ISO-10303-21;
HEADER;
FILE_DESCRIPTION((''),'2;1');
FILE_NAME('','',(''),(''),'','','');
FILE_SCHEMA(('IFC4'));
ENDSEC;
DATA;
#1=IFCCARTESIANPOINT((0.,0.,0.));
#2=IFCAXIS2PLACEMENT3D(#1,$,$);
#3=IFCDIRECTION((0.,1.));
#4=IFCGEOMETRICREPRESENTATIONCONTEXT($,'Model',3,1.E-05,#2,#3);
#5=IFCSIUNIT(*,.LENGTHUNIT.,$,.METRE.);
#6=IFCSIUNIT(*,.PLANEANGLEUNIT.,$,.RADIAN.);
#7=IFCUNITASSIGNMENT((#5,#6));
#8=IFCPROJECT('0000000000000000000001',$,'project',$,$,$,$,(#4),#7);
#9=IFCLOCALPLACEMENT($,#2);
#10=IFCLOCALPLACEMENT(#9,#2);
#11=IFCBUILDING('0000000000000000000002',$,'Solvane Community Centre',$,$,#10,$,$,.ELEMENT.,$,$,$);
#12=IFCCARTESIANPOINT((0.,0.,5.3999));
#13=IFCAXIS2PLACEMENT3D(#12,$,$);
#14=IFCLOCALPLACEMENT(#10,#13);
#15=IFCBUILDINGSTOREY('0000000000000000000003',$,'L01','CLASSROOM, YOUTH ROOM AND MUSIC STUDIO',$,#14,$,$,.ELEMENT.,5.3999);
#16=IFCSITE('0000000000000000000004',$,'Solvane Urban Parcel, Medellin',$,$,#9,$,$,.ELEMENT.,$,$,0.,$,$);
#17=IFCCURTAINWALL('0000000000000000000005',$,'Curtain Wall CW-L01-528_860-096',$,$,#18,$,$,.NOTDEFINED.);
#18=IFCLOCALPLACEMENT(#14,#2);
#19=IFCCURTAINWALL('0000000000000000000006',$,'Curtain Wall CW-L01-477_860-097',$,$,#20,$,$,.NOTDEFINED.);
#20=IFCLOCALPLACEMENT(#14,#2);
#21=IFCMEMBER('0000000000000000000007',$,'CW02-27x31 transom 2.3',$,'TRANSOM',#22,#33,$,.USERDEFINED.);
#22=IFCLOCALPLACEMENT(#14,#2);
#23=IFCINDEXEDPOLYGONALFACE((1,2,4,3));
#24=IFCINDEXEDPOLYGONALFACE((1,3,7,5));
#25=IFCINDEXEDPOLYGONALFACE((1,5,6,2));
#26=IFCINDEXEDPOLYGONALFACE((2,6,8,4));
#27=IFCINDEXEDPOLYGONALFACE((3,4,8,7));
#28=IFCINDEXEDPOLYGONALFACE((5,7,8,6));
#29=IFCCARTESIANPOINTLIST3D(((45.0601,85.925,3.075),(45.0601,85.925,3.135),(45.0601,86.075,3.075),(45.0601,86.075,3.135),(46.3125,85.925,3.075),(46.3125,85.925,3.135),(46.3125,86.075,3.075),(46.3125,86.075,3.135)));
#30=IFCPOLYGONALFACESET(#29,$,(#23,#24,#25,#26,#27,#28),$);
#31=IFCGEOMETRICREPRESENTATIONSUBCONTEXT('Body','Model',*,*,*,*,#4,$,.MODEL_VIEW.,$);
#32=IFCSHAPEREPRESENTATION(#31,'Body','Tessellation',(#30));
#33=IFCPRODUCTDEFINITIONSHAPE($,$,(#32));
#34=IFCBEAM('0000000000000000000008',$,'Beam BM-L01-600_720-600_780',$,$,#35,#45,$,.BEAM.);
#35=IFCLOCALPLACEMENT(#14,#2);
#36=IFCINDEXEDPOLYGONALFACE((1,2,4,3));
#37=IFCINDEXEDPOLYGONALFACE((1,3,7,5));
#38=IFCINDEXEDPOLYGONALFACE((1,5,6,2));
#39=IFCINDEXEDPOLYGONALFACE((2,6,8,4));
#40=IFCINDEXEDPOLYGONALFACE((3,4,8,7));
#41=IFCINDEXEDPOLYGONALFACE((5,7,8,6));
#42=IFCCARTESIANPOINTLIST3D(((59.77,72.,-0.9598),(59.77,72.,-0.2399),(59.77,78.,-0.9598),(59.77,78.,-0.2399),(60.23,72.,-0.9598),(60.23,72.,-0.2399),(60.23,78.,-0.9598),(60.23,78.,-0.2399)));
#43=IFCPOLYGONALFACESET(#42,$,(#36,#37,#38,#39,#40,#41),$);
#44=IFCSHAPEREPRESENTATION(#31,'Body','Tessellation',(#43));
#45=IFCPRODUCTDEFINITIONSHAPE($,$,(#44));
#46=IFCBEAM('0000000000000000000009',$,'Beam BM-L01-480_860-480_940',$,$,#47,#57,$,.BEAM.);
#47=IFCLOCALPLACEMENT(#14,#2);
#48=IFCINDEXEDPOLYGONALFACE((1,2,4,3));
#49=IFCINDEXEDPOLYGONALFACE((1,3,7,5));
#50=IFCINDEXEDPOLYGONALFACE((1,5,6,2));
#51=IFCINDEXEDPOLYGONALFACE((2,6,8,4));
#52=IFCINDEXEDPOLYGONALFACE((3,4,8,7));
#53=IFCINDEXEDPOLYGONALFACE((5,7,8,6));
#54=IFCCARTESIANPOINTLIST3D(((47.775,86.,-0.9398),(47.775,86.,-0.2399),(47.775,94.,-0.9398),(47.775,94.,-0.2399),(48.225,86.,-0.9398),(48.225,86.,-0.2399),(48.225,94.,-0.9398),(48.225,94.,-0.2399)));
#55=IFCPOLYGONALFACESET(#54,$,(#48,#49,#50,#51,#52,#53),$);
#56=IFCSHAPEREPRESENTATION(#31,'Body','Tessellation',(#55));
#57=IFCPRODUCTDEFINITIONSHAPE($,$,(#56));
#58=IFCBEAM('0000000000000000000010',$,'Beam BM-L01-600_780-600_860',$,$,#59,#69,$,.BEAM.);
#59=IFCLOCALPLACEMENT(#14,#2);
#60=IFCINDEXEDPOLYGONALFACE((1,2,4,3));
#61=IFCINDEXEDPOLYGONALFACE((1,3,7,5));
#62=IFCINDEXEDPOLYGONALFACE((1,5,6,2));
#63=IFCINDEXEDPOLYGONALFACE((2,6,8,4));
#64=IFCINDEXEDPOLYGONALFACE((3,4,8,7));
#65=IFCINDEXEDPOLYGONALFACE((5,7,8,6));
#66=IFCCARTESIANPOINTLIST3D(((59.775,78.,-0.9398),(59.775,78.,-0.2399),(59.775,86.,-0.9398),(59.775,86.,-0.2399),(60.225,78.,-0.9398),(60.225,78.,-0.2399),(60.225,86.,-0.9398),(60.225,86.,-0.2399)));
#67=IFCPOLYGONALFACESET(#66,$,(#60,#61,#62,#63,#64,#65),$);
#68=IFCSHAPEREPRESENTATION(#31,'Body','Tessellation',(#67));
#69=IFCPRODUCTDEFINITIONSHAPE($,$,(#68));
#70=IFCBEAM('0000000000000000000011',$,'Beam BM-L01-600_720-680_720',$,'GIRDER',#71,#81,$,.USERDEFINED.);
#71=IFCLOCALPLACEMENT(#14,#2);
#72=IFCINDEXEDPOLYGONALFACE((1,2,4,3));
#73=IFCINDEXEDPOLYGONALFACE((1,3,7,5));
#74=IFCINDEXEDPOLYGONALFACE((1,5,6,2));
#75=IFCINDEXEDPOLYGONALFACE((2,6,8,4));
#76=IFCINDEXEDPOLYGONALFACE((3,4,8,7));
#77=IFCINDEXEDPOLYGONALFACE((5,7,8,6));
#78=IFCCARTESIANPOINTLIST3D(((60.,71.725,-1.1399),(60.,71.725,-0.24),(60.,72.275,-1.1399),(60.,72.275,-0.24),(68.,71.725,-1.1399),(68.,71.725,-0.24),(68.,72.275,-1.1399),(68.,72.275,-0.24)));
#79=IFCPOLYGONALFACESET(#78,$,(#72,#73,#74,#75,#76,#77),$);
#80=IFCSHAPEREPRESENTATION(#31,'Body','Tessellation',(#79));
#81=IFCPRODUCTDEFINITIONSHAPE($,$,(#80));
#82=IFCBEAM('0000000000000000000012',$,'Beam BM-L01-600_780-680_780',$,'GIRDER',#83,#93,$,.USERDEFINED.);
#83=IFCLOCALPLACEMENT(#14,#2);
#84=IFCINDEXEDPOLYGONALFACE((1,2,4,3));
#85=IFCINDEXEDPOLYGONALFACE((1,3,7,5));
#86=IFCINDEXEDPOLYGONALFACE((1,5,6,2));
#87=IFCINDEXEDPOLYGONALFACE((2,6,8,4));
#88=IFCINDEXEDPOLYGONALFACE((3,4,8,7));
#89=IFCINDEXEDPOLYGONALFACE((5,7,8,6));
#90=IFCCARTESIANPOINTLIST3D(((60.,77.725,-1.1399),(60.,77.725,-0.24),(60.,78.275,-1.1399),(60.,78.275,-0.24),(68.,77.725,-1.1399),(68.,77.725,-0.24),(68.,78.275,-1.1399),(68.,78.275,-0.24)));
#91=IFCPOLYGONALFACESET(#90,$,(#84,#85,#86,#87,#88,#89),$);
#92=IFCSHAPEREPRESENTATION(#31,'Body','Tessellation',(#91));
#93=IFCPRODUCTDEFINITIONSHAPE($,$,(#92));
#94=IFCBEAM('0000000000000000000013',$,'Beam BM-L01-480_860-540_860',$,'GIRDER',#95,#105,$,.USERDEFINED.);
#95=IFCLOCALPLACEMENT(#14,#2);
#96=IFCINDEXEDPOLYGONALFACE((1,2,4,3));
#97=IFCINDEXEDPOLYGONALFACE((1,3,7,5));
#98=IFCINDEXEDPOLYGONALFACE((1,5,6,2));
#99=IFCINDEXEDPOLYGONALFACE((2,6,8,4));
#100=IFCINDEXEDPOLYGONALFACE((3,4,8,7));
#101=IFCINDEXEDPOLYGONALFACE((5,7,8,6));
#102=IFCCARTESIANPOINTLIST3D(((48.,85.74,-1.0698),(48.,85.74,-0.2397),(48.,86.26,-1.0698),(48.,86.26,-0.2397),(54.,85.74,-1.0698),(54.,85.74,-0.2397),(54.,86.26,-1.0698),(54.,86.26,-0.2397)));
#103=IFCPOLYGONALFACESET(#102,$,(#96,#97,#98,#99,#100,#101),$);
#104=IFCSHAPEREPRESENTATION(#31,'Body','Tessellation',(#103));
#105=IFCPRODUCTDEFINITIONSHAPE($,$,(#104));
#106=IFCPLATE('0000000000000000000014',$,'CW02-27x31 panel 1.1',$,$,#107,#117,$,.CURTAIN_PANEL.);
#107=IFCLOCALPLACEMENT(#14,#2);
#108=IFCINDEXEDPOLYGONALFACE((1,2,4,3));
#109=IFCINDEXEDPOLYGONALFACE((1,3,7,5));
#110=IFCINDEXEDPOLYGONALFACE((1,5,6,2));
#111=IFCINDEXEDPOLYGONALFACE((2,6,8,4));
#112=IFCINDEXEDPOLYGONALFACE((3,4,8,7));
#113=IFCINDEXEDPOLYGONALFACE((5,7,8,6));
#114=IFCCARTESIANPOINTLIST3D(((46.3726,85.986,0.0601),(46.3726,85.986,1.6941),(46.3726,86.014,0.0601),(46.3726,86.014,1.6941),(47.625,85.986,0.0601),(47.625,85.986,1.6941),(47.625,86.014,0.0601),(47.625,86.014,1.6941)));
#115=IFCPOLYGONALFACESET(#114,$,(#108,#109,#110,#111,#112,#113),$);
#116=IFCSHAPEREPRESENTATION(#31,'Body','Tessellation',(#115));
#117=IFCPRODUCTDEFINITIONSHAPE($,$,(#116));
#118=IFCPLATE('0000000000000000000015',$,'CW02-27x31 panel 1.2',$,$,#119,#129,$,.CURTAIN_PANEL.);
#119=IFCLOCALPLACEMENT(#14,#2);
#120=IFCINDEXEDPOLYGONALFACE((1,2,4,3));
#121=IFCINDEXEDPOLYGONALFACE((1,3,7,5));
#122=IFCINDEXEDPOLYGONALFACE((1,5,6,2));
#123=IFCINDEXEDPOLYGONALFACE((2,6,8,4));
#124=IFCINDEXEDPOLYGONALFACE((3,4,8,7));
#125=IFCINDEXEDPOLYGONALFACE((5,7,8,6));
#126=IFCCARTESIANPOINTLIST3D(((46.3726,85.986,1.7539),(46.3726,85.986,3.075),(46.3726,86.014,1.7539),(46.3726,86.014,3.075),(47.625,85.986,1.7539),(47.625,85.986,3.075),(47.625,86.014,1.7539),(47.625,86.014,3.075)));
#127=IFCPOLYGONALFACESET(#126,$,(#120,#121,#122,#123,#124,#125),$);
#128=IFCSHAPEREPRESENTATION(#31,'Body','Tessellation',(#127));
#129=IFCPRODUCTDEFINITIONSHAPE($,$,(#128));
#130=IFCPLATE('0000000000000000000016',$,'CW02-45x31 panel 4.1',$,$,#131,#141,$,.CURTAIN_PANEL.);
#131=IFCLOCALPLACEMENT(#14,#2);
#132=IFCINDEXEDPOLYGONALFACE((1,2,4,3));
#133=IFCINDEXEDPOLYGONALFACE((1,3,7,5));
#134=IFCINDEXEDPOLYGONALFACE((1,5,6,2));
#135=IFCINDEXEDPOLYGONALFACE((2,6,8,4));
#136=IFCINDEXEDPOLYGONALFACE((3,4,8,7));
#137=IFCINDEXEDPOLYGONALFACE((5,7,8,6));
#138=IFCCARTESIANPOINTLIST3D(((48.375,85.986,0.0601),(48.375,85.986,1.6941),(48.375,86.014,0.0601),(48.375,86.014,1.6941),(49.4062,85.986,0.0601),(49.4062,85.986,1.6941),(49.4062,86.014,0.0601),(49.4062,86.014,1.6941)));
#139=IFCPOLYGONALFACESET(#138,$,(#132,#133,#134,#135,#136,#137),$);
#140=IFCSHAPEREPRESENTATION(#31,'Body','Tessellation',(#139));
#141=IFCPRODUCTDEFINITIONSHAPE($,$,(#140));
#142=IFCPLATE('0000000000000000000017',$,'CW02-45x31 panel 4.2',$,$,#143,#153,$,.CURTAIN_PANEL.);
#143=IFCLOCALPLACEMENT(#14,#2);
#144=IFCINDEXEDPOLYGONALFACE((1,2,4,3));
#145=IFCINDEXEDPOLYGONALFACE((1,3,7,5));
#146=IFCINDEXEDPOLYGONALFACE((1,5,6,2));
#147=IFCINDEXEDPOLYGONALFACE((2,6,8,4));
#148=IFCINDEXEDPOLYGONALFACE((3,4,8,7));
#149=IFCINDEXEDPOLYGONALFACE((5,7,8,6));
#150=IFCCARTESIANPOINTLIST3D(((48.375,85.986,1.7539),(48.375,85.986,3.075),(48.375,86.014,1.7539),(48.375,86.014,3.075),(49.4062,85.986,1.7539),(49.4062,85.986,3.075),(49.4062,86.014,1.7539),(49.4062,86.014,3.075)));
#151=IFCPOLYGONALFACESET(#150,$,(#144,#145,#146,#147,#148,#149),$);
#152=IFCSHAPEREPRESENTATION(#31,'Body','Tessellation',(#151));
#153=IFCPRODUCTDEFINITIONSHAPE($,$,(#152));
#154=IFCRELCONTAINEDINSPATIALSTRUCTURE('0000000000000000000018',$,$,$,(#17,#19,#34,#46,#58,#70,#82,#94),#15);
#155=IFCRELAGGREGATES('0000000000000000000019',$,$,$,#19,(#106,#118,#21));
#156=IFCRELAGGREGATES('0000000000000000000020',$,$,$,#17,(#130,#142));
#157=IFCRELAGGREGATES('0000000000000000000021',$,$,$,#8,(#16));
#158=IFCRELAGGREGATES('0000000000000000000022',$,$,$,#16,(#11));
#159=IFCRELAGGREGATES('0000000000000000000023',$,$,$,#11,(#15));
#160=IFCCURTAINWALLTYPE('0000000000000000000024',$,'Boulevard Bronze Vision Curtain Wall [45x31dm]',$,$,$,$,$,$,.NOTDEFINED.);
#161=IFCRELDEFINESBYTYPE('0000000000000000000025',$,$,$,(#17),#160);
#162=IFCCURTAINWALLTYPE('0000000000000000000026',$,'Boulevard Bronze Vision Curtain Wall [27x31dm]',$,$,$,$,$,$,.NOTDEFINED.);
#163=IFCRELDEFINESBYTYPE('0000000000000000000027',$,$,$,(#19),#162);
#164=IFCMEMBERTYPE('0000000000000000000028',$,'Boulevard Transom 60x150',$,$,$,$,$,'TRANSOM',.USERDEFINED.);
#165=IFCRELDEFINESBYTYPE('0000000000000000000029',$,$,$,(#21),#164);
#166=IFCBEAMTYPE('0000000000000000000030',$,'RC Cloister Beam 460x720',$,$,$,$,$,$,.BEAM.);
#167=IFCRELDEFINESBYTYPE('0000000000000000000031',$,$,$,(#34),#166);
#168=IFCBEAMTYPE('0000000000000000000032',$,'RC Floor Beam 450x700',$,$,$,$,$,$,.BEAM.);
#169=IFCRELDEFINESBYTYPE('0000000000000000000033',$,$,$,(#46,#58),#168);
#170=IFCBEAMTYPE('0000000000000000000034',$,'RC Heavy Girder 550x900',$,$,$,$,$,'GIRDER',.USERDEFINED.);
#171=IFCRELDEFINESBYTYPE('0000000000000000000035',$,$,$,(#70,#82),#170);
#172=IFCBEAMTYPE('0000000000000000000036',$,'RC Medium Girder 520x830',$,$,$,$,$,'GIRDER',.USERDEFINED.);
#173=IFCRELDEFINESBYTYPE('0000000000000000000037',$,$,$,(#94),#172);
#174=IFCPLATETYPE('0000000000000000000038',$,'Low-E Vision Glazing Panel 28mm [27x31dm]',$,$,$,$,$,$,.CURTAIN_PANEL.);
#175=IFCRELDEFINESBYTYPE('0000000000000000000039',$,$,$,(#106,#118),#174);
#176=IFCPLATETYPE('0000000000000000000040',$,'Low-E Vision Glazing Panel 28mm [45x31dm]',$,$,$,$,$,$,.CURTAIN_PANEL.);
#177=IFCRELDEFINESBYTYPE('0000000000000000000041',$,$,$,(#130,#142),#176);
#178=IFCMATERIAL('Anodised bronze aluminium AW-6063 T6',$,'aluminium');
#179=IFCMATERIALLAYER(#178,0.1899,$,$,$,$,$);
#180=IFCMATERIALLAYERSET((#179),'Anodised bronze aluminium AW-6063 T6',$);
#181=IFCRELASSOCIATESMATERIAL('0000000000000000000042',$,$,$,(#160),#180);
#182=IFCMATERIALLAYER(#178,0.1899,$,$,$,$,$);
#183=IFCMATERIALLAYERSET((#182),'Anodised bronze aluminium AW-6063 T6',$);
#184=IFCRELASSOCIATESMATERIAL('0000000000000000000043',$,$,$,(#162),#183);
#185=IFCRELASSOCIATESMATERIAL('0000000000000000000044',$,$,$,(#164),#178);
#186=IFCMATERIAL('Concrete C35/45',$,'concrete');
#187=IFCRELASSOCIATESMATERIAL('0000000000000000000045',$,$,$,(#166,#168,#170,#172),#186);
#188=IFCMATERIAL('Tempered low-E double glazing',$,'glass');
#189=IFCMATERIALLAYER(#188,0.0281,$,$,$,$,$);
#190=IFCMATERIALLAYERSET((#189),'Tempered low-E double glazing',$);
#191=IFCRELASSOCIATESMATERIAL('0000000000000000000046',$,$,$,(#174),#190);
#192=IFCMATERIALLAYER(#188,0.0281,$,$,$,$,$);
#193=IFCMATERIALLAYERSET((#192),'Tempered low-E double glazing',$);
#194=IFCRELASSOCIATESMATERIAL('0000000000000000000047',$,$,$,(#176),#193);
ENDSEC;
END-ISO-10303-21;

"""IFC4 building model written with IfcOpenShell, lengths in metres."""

from ifc_helpers import new_model, si_unit, direction, frame, origin, origin_2d, place, context, subcontext, project, spatial, rectangle, extrude, material, layer, layer_set, material_profile, profile_set, type_object, element, aggregate, save


model = new_model("IFC4")

# Units and contexts
model_context = context("Model", 3, precision=1e-05, world=origin(), true_north=direction((0.0, 1.0)))
body_context = subcontext(model_context, "Body", "Model", "MODEL_VIEW")
ifc_project = project(units=[si_unit("LENGTHUNIT", "METRE"), si_unit("PLANEANGLEUNIT", "RADIAN")], contexts=[model_context])

# Site, building, storey
site_placement = place(None, origin())
site = spatial("IfcSite", under=ifc_project, at=site_placement, Name="Solvane Urban Parcel, Medellin", CompositionType="ELEMENT", RefElevation=0.0)
building_placement = place(site_placement, origin())
building = spatial("IfcBuilding", under=site, at=building_placement, Name="Solvane Community Centre", CompositionType="ELEMENT")
storey_placement = place(building_placement, frame((0.0, 0.0, 5.3999)))
storey = spatial("IfcBuildingStorey", under=building, at=storey_placement, Name="L01", Description="CLASSROOM, YOUTH ROOM AND MUSIC STUDIO", CompositionType="ELEMENT", Elevation=5.3999)

# Shared definitions
ifc_material_1 = material(Name="Concrete C35/45", Category="concrete")

# Curtain wall
ifc_material_2 = material(Name="Anodised bronze aluminium AW-6063 T6", Category="aluminium")
ifc_layer_1 = layer(ifc_material_2, 0.1899)
ifc_layer_set_1 = layer_set([ifc_layer_1], Name="Anodised bronze aluminium AW-6063 T6")
curtain_wall_type_1 = type_object("IfcCurtainWallType", Name="Boulevard Bronze Vision Curtain Wall [45x31dm]", PredefinedType="NOTDEFINED", material=ifc_layer_set_1)
curtain_wall_1_placement = place(storey_placement, origin())
curtain_wall_1 = element("IfcCurtainWall", 1, at=curtain_wall_1_placement, inside=storey, type_object=curtain_wall_type_1, Name="Curtain Wall CW-L01-528_860-096", PredefinedType="NOTDEFINED")

# Curtain wall
ifc_layer_2 = layer(ifc_material_2, 0.1899)
ifc_layer_set_2 = layer_set([ifc_layer_2], Name="Anodised bronze aluminium AW-6063 T6")
curtain_wall_type_2 = type_object("IfcCurtainWallType", Name="Boulevard Bronze Vision Curtain Wall [27x31dm]", PredefinedType="NOTDEFINED", material=ifc_layer_set_2)
curtain_wall_2_placement = place(storey_placement, origin())
curtain_wall_2 = element("IfcCurtainWall", 2, at=curtain_wall_2_placement, inside=storey, type_object=curtain_wall_type_2, Name="Curtain Wall CW-L01-477_860-097", PredefinedType="NOTDEFINED")

# Member
ifc_material_profile_1 = material_profile(ifc_material_2, rectangle(XDim=0.1499, YDim=0.0601, at=origin_2d()), Name="CW-T 60x150")
ifc_profile_set_1 = profile_set([ifc_material_profile_1], Name="Anodised bronze aluminium AW-6063 T6")
member_type_1 = type_object("IfcMemberType", Name="Boulevard Transom 60x150", ElementType="TRANSOM", PredefinedType="USERDEFINED", material=ifc_profile_set_1)
member_1_placement = place(storey_placement, frame((46.3125, 86.0, 3.105), z_axis=(-1.0, 0.0, 0.0), x_axis=(0.0, -1.0, 0.0)))
member_1 = element("IfcMember", 3, at=member_1_placement, type_object=member_type_1, Name="CW02-27x31 transom 2.3", ObjectType="TRANSOM", PredefinedType="USERDEFINED", context=body_context, shape_type="SweptSolid", body=[
    extrude(rectangle(XDim=0.1499, YDim=0.0601, at=origin_2d()), origin(), (0.0, 0.0, 1.0), 1.2524),
])

# Beams
ifc_material_profile_2 = material_profile(ifc_material_1, rectangle(XDim=0.46, YDim=0.72, at=origin_2d()), Name="RC 460x720")
ifc_profile_set_2 = profile_set([ifc_material_profile_2], Name="Concrete C35/45")
beam_type_1 = type_object("IfcBeamType", Name="RC Cloister Beam 460x720", PredefinedType="BEAM", material=ifc_profile_set_2)
beam_1_placement = place(storey_placement, frame((60.0, 72.0, -0.5999), z_axis=(0.0, 1.0, 0.0), x_axis=(-1.0, 0.0, 0.0)))
element("IfcBeam", 4, at=beam_1_placement, inside=storey, type_object=beam_type_1, Name="Beam BM-L01-600_720-600_780", PredefinedType="BEAM", context=body_context, shape_type="SweptSolid", body=[
    extrude(rectangle(XDim=0.46, YDim=0.72, at=origin_2d()), origin(), (0.0, 0.0, 1.0), 6.0),
])
ifc_material_profile_3 = material_profile(ifc_material_1, rectangle(XDim=0.45, YDim=0.7, at=origin_2d()), Name="RC 450x700")
ifc_profile_set_3 = profile_set([ifc_material_profile_3], Name="Concrete C35/45")
beam_type_2 = type_object("IfcBeamType", Name="RC Floor Beam 450x700", PredefinedType="BEAM", material=ifc_profile_set_3)
for number, where, z_axis, x_axis, name in (
    (5, (48.0, 86.0, -0.5898), (0.0, 1.0, 0.0), (-1.0, 0.0, 0.0), "Beam BM-L01-480_860-480_940"),
    (6, (60.0, 78.0, -0.5898), (0.0, 1.0, 0.0), (-1.0, 0.0, 0.0), "Beam BM-L01-600_780-600_860"),
):
    element("IfcBeam", number, at=place(storey_placement, frame(where, z_axis=z_axis, x_axis=x_axis)), inside=storey, type_object=beam_type_2, Name=name, PredefinedType="BEAM", context=body_context, shape_type="SweptSolid", body=[
        extrude(rectangle(XDim=0.45, YDim=0.7, at=origin_2d()), origin(), (0.0, 0.0, 1.0), 8.0),
    ])
ifc_material_profile_4 = material_profile(ifc_material_1, rectangle(XDim=0.55, YDim=0.8999, at=origin_2d()), Name="RC 550x900")
ifc_profile_set_4 = profile_set([ifc_material_profile_4], Name="Concrete C35/45")
beam_type_3 = type_object("IfcBeamType", Name="RC Heavy Girder 550x900", ElementType="GIRDER", PredefinedType="USERDEFINED", material=ifc_profile_set_4)
for number, where, z_axis, x_axis, name in (
    (7, (60.0, 72.0, -0.6899), (1.0, 0.0, 0.0), (0.0, 1.0, 0.0), "Beam BM-L01-600_720-680_720"),
    (8, (60.0, 78.0, -0.6899), (1.0, 0.0, 0.0), (0.0, 1.0, 0.0), "Beam BM-L01-600_780-680_780"),
):
    element("IfcBeam", number, at=place(storey_placement, frame(where, z_axis=z_axis, x_axis=x_axis)), inside=storey, type_object=beam_type_3, Name=name, ObjectType="GIRDER", PredefinedType="USERDEFINED", context=body_context, shape_type="SweptSolid", body=[
        extrude(rectangle(XDim=0.55, YDim=0.8999, at=origin_2d()), origin(), (0.0, 0.0, 1.0), 8.0),
    ])
ifc_material_profile_5 = material_profile(ifc_material_1, rectangle(XDim=0.52, YDim=0.8301, at=origin_2d()), Name="RC 520x830")
ifc_profile_set_5 = profile_set([ifc_material_profile_5], Name="Concrete C35/45")
beam_type_4 = type_object("IfcBeamType", Name="RC Medium Girder 520x830", ElementType="GIRDER", PredefinedType="USERDEFINED", material=ifc_profile_set_5)
beam_2_placement = place(storey_placement, frame((48.0, 86.0, -0.6548), z_axis=(1.0, 0.0, 0.0), x_axis=(0.0, 1.0, 0.0)))
element("IfcBeam", 9, at=beam_2_placement, inside=storey, type_object=beam_type_4, Name="Beam BM-L01-480_860-540_860", ObjectType="GIRDER", PredefinedType="USERDEFINED", context=body_context, shape_type="SweptSolid", body=[
    extrude(rectangle(XDim=0.52, YDim=0.8301, at=origin_2d()), origin(), (0.0, 0.0, 1.0), 6.0),
])

# Plates
ifc_material_3 = material(Name="Tempered low-E double glazing", Category="glass")
ifc_layer_3 = layer(ifc_material_3, 0.0281)
ifc_layer_set_3 = layer_set([ifc_layer_3], Name="Tempered low-E double glazing")
plate_type_1 = type_object("IfcPlateType", Name="Low-E Vision Glazing Panel 28mm [27x31dm]", PredefinedType="CURTAIN_PANEL", material=ifc_layer_set_3)
plate_1_placement = place(storey_placement, frame((46.9988, 86.0, 0.0601), z_axis=(0.0, 0.0, 1.0), x_axis=(-1.0, 0.0, 0.0)))
plate_1 = element("IfcPlate", 10, at=plate_1_placement, type_object=plate_type_1, Name="CW02-27x31 panel 1.1", PredefinedType="CURTAIN_PANEL", context=body_context, shape_type="SweptSolid", body=[
    extrude(rectangle(XDim=1.2524, YDim=0.0281, at=origin_2d()), origin(), (0.0, 0.0, 1.0), 1.634),
])
plate_2_placement = place(storey_placement, frame((46.9988, 86.0, 1.7539), z_axis=(0.0, 0.0, 1.0), x_axis=(-1.0, 0.0, 0.0)))
plate_2 = element("IfcPlate", 11, at=plate_2_placement, type_object=plate_type_1, Name="CW02-27x31 panel 1.2", PredefinedType="CURTAIN_PANEL", context=body_context, shape_type="SweptSolid", body=[
    extrude(rectangle(XDim=1.2524, YDim=0.0281, at=origin_2d()), origin(), (0.0, 0.0, 1.0), 1.321),
])
aggregate(curtain_wall_2, [plate_1, plate_2, member_1])
ifc_layer_4 = layer(ifc_material_3, 0.0281)
ifc_layer_set_4 = layer_set([ifc_layer_4], Name="Tempered low-E double glazing")
plate_type_2 = type_object("IfcPlateType", Name="Low-E Vision Glazing Panel 28mm [45x31dm]", PredefinedType="CURTAIN_PANEL", material=ifc_layer_set_4)
plate_3_placement = place(storey_placement, frame((48.8906, 86.0, 0.0601), z_axis=(0.0, 0.0, 1.0), x_axis=(-1.0, 0.0, 0.0)))
plate_3 = element("IfcPlate", 12, at=plate_3_placement, type_object=plate_type_2, Name="CW02-45x31 panel 4.1", PredefinedType="CURTAIN_PANEL", context=body_context, shape_type="SweptSolid", body=[
    extrude(rectangle(XDim=1.0312, YDim=0.0281, at=origin_2d()), origin(), (0.0, 0.0, 1.0), 1.634),
])
plate_4_placement = place(storey_placement, frame((48.8906, 86.0, 1.7539), z_axis=(0.0, 0.0, 1.0), x_axis=(-1.0, 0.0, 0.0)))
plate_4 = element("IfcPlate", 13, at=plate_4_placement, type_object=plate_type_2, Name="CW02-45x31 panel 4.2", PredefinedType="CURTAIN_PANEL", context=body_context, shape_type="SweptSolid", body=[
    extrude(rectangle(XDim=1.0312, YDim=0.0281, at=origin_2d()), origin(), (0.0, 0.0, 1.0), 1.321),
])
aggregate(curtain_wall_1, [plate_3, plate_4])

save(model, "model.ifc")
